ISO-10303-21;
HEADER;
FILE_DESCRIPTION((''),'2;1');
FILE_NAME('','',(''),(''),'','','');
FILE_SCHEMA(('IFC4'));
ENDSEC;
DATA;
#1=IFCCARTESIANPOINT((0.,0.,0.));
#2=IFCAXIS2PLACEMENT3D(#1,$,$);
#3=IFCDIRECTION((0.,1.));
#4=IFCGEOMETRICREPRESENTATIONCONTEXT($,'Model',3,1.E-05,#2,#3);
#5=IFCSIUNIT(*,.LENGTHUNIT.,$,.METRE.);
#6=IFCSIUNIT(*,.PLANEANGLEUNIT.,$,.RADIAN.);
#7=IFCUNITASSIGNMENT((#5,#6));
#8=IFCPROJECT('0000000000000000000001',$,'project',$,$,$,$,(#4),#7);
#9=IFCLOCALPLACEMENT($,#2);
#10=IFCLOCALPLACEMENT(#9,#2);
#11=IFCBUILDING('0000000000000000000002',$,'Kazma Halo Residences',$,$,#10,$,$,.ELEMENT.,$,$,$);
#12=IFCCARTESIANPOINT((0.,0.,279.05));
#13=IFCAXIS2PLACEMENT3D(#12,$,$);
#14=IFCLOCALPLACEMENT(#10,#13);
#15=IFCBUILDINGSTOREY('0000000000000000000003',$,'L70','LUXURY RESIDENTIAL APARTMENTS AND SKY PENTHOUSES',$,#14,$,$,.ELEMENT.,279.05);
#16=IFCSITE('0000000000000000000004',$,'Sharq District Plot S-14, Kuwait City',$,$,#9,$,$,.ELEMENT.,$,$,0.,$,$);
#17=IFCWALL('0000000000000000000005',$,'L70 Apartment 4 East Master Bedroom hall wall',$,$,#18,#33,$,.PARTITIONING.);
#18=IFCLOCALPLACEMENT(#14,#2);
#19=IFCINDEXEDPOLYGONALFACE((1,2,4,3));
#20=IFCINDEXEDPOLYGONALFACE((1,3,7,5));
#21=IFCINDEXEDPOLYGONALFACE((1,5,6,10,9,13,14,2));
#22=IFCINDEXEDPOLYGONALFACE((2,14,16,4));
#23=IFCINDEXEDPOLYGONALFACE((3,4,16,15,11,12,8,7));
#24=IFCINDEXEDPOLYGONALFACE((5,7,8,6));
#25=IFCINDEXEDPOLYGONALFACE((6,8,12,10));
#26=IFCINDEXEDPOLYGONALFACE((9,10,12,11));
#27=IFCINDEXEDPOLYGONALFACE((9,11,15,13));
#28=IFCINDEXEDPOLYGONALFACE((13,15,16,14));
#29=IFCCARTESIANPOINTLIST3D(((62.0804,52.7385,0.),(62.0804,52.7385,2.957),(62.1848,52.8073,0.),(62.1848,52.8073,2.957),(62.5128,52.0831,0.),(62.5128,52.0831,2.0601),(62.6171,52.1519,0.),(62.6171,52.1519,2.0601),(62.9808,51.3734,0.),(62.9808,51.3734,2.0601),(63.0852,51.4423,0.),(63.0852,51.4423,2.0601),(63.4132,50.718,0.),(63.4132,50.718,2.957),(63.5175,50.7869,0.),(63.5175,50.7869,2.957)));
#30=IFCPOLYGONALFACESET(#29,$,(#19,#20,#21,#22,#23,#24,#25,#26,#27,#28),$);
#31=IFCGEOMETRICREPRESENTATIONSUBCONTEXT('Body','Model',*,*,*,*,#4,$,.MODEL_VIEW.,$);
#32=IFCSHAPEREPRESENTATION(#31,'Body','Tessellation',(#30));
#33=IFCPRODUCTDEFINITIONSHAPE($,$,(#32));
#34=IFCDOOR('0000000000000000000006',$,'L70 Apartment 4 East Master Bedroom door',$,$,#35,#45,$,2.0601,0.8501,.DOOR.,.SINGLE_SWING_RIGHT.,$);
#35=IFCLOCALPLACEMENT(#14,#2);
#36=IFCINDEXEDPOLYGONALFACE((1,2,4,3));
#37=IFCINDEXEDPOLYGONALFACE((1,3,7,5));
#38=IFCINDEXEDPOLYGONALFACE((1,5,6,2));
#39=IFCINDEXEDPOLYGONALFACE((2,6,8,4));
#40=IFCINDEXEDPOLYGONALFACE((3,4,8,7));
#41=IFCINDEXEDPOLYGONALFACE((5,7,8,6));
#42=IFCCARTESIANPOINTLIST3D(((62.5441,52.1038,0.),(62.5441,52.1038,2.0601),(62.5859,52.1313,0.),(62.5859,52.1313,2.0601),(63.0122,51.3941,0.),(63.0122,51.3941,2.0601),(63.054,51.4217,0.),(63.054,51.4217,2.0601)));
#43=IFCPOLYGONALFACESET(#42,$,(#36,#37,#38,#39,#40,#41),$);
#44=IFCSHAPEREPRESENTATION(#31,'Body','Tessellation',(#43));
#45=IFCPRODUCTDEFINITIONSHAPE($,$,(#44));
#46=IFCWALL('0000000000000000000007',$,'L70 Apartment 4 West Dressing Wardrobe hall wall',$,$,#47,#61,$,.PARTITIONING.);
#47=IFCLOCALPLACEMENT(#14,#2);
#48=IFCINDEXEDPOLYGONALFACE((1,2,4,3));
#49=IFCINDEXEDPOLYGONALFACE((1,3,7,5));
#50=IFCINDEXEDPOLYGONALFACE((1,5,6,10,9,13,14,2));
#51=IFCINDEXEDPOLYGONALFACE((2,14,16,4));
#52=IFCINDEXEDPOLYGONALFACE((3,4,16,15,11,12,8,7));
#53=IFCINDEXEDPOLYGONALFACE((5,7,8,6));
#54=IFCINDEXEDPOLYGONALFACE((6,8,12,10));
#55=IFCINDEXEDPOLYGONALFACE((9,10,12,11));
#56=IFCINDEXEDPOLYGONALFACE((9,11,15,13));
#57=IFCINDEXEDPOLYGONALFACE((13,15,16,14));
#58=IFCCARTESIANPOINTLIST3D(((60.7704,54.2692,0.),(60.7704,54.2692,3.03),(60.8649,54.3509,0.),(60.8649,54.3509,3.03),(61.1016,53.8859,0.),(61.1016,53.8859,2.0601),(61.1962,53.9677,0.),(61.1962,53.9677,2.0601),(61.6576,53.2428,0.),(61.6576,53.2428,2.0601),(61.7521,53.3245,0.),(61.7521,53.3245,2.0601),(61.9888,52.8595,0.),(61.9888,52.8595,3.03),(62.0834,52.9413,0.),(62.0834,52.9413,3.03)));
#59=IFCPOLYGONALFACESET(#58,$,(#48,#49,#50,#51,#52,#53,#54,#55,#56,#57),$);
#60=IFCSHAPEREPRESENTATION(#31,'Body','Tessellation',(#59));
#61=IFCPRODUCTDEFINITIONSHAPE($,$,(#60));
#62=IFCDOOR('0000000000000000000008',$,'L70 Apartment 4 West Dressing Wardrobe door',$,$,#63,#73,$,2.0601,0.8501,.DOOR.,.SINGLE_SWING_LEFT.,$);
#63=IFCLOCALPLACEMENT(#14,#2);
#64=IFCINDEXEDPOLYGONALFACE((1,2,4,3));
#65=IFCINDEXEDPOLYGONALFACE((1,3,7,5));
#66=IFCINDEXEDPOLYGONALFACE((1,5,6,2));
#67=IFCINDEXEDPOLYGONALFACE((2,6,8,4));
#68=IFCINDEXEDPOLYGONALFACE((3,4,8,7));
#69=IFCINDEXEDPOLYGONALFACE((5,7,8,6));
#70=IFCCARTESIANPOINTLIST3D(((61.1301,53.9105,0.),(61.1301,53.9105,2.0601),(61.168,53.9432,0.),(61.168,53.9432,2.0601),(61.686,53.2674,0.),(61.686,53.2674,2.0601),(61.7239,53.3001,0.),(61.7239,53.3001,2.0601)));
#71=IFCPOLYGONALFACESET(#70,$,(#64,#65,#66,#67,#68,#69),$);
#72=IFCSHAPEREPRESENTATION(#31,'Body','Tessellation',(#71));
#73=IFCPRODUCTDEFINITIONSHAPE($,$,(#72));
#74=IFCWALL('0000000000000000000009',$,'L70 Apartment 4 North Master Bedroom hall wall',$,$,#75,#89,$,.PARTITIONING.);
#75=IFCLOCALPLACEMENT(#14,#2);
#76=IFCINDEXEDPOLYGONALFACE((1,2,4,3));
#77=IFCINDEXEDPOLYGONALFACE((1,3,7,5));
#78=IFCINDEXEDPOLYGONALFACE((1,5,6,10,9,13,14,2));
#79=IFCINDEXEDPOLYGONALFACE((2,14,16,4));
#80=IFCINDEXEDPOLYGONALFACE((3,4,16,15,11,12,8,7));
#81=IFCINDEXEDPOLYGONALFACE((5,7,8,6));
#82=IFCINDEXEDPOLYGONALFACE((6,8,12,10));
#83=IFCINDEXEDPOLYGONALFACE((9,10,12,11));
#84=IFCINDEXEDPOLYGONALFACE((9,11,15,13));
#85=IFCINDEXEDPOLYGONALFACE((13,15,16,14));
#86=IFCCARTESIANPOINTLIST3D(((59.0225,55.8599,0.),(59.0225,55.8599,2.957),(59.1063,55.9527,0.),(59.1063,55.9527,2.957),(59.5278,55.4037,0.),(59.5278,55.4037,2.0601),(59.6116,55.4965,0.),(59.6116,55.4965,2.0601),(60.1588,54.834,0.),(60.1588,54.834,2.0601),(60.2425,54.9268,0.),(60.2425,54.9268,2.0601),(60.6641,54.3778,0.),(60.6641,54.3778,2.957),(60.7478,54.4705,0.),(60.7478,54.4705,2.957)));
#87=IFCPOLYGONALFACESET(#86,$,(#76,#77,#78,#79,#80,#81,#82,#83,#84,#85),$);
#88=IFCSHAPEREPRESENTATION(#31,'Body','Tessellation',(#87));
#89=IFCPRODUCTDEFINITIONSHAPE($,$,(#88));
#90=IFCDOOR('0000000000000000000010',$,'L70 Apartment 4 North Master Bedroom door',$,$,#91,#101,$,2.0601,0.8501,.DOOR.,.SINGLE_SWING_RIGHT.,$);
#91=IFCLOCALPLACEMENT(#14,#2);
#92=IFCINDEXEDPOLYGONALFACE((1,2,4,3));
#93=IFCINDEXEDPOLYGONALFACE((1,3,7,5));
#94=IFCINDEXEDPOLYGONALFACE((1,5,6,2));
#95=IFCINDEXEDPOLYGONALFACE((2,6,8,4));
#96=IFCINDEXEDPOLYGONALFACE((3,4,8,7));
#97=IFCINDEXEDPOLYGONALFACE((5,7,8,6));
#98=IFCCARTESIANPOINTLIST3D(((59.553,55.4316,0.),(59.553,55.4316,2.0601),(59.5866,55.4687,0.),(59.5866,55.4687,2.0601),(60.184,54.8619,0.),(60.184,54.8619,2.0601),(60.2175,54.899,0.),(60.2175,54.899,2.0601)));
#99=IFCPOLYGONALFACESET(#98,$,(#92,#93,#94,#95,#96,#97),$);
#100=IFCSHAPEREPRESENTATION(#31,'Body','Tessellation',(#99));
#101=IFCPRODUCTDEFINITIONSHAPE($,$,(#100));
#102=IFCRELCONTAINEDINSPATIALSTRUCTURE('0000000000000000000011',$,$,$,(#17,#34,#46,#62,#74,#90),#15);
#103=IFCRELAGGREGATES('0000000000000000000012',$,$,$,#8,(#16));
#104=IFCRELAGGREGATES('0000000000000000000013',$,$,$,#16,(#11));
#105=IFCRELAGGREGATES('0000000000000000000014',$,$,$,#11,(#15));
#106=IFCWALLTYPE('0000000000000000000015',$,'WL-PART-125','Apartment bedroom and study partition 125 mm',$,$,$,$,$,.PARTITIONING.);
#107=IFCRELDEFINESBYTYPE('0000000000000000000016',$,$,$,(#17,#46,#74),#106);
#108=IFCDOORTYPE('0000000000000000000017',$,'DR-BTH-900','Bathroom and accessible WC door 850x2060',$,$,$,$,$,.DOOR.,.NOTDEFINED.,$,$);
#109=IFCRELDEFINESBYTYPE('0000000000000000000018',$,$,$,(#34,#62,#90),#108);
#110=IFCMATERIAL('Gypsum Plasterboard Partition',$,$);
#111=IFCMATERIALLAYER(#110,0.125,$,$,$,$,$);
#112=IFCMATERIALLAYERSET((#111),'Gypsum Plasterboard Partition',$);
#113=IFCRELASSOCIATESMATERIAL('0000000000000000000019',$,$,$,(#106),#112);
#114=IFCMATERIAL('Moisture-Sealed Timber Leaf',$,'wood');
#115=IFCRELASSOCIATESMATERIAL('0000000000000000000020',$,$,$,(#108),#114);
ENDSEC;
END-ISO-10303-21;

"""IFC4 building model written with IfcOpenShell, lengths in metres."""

from ifc_helpers import new_model, si_unit, direction, frame, frame_2d, origin, place, context, subcontext, project, spatial, rectangle, extrude, material, layer, layer_set, type_object, element, fill, save


model = new_model("IFC4")

# Units and contexts
model_context = context("Model", 3, precision=1e-05, world=origin(), true_north=direction((0.0, 1.0)))
body_context = subcontext(model_context, "Body", "Model", "MODEL_VIEW")
ifc_project = project(units=[si_unit("LENGTHUNIT", "METRE"), si_unit("PLANEANGLEUNIT", "RADIAN")], contexts=[model_context])

# Site, building, storey
site_placement = place(None, origin())
site = spatial("IfcSite", under=ifc_project, at=site_placement, Name="Sharq District Plot S-14, Kuwait City", CompositionType="ELEMENT", RefElevation=0.0)
building_placement = place(site_placement, origin())
building = spatial("IfcBuilding", under=site, at=building_placement, Name="Kazma Halo Residences", CompositionType="ELEMENT")
storey_placement = place(building_placement, frame((0.0, 0.0, 279.05)))
storey = spatial("IfcBuildingStorey", under=building, at=storey_placement, Name="L70", Description="LUXURY RESIDENTIAL APARTMENTS AND SKY PENTHOUSES", CompositionType="ELEMENT", Elevation=279.05)

# Shared definitions
ifc_material_1 = material(Name="Gypsum Plasterboard Partition")
ifc_layer_1 = layer(ifc_material_1, 0.125)
ifc_layer_set_1 = layer_set([ifc_layer_1], Name="Gypsum Plasterboard Partition")
wall_type_1 = type_object("IfcWallType", Name="WL-PART-125", Description="Apartment bedroom and study partition 125 mm", PredefinedType="PARTITIONING", material=ifc_layer_set_1)

# Shared definitions
ifc_material_2 = material(Name="Moisture-Sealed Timber Leaf", Category="wood")
door_type_1 = type_object("IfcDoorType", Name="DR-BTH-900", Description="Bathroom and accessible WC door 850x2060", OperationType="NOTDEFINED", PredefinedType="DOOR", material=ifc_material_2)

# Walls, openings, doors
wall_1_placement = place(storey_placement, frame((63.4653, 50.7524, 0.0), z_axis=(0.0, 0.0, 1.0), x_axis=(-0.55062, 0.834756, 0.0)))
wall_1 = element("IfcWall", 1, at=wall_1_placement, inside=storey, type_object=wall_type_1, Name="L70 Apartment 4 East Master Bedroom hall wall", PredefinedType="PARTITIONING", context=body_context, shape_type="SweptSolid", body=[
    extrude(rectangle(XDim=2.4204, YDim=0.125, at=frame_2d((1.2102, 0.0))), origin(), (0.0, 0.0, 1.0), 2.957),
])
opening_1_placement = place(wall_1_placement, frame((0.7852, 0.0, 0.0)))
opening_1 = element("IfcOpeningElement", 2, at=opening_1_placement, cuts=wall_1, PredefinedType="OPENING", context=body_context, shape_type="SweptSolid", body=[
    extrude(rectangle(XDim=0.8501, YDim=2.0601, at=frame_2d((0.425, 1.03))), frame((0.0, 0.0725, 0.0), z_axis=(0.0, -1.0, 0.0), x_axis=(1.0, 0.0, 0.0)), (0.0, 0.0, 1.0), 0.145),
])
door_1_placement = place(opening_1_placement, origin())
door_1 = element("IfcDoor", 3, at=door_1_placement, inside=storey, type_object=door_type_1, Name="L70 Apartment 4 East Master Bedroom door", OperationType="SINGLE_SWING_RIGHT", OverallHeight=2.0601, OverallWidth=0.8501, PredefinedType="DOOR", context=body_context, shape_type="SweptSolid", body=[
    extrude(rectangle(XDim=0.8501, YDim=2.0601, at=frame_2d((0.425, 1.03))), frame((0.0, 0.0249, 0.0), z_axis=(0.0, -1.0, 0.0), x_axis=(1.0, 0.0, 0.0)), (0.0, 0.0, 1.0), 0.05),
])
fill(opening_1, door_1)
wall_2_placement = place(storey_placement, frame((62.0361, 52.9004, 0.0), z_axis=(0.0, 0.0, 1.0), x_axis=(-0.653947, 0.75654, 0.0)))
wall_2 = element("IfcWall", 4, at=wall_2_placement, inside=storey, type_object=wall_type_1, Name="L70 Apartment 4 West Dressing Wardrobe hall wall", PredefinedType="PARTITIONING", context=body_context, shape_type="SweptSolid", body=[
    extrude(rectangle(XDim=1.8633, YDim=0.125, at=frame_2d((0.9316, 0.0))), origin(), (0.0, 0.0, 1.0), 3.03),
])
opening_2_placement = place(wall_2_placement, frame((0.5066, 0.0, 0.0)))
opening_2 = element("IfcOpeningElement", 5, at=opening_2_placement, cuts=wall_2, PredefinedType="OPENING", context=body_context, shape_type="SweptSolid", body=[
    extrude(rectangle(XDim=0.8501, YDim=2.0601, at=frame_2d((0.425, 1.03))), frame((0.0, 0.0725, 0.0), z_axis=(0.0, -1.0, 0.0), x_axis=(1.0, 0.0, 0.0)), (0.0, 0.0, 1.0), 0.145),
])
door_2_placement = place(opening_2_placement, origin())
door_2 = element("IfcDoor", 6, at=door_2_placement, inside=storey, type_object=door_type_1, Name="L70 Apartment 4 West Dressing Wardrobe door", OperationType="SINGLE_SWING_LEFT", OverallHeight=2.0601, OverallWidth=0.8501, PredefinedType="DOOR", context=body_context, shape_type="SweptSolid", body=[
    extrude(rectangle(XDim=0.8501, YDim=2.0601, at=frame_2d((0.425, 1.03))), frame((0.0, 0.0249, 0.0), z_axis=(0.0, -1.0, 0.0), x_axis=(1.0, 0.0, 0.0)), (0.0, 0.0, 1.0), 0.05),
])
fill(opening_2, door_2)
wall_3_placement = place(storey_placement, frame((60.7061, 54.4241, 0.0), z_axis=(0.0, 0.0, 1.0), x_axis=(-0.742228, 0.670147, 0.0)))
wall_3 = element("IfcWall", 7, at=wall_3_placement, inside=storey, type_object=wall_type_1, Name="L70 Apartment 4 North Master Bedroom hall wall", PredefinedType="PARTITIONING", context=body_context, shape_type="SweptSolid", body=[
    extrude(rectangle(XDim=2.2117, YDim=0.125, at=frame_2d((1.106, 0.0))), origin(), (0.0, 0.0, 1.0), 2.957),
])
opening_3_placement = place(wall_3_placement, frame((0.6809, 0.0, 0.0)))
opening_3 = element("IfcOpeningElement", 8, at=opening_3_placement, cuts=wall_3, PredefinedType="OPENING", context=body_context, shape_type="SweptSolid", body=[
    extrude(rectangle(XDim=0.8501, YDim=2.0601, at=frame_2d((0.425, 1.03))), frame((0.0, 0.0725, 0.0), z_axis=(0.0, -1.0, 0.0), x_axis=(1.0, 0.0, 0.0)), (0.0, 0.0, 1.0), 0.145),
])
door_3_placement = place(opening_3_placement, origin())
door_3 = element("IfcDoor", 9, at=door_3_placement, inside=storey, type_object=door_type_1, Name="L70 Apartment 4 North Master Bedroom door", OperationType="SINGLE_SWING_RIGHT", OverallHeight=2.0601, OverallWidth=0.8501, PredefinedType="DOOR", context=body_context, shape_type="SweptSolid", body=[
    extrude(rectangle(XDim=0.8501, YDim=2.0601, at=frame_2d((0.425, 1.03))), frame((0.0, 0.0249, 0.0), z_axis=(0.0, -1.0, 0.0), x_axis=(1.0, 0.0, 0.0)), (0.0, 0.0, 1.0), 0.05),
])
fill(opening_3, door_3)

save(model, "model.ifc")
